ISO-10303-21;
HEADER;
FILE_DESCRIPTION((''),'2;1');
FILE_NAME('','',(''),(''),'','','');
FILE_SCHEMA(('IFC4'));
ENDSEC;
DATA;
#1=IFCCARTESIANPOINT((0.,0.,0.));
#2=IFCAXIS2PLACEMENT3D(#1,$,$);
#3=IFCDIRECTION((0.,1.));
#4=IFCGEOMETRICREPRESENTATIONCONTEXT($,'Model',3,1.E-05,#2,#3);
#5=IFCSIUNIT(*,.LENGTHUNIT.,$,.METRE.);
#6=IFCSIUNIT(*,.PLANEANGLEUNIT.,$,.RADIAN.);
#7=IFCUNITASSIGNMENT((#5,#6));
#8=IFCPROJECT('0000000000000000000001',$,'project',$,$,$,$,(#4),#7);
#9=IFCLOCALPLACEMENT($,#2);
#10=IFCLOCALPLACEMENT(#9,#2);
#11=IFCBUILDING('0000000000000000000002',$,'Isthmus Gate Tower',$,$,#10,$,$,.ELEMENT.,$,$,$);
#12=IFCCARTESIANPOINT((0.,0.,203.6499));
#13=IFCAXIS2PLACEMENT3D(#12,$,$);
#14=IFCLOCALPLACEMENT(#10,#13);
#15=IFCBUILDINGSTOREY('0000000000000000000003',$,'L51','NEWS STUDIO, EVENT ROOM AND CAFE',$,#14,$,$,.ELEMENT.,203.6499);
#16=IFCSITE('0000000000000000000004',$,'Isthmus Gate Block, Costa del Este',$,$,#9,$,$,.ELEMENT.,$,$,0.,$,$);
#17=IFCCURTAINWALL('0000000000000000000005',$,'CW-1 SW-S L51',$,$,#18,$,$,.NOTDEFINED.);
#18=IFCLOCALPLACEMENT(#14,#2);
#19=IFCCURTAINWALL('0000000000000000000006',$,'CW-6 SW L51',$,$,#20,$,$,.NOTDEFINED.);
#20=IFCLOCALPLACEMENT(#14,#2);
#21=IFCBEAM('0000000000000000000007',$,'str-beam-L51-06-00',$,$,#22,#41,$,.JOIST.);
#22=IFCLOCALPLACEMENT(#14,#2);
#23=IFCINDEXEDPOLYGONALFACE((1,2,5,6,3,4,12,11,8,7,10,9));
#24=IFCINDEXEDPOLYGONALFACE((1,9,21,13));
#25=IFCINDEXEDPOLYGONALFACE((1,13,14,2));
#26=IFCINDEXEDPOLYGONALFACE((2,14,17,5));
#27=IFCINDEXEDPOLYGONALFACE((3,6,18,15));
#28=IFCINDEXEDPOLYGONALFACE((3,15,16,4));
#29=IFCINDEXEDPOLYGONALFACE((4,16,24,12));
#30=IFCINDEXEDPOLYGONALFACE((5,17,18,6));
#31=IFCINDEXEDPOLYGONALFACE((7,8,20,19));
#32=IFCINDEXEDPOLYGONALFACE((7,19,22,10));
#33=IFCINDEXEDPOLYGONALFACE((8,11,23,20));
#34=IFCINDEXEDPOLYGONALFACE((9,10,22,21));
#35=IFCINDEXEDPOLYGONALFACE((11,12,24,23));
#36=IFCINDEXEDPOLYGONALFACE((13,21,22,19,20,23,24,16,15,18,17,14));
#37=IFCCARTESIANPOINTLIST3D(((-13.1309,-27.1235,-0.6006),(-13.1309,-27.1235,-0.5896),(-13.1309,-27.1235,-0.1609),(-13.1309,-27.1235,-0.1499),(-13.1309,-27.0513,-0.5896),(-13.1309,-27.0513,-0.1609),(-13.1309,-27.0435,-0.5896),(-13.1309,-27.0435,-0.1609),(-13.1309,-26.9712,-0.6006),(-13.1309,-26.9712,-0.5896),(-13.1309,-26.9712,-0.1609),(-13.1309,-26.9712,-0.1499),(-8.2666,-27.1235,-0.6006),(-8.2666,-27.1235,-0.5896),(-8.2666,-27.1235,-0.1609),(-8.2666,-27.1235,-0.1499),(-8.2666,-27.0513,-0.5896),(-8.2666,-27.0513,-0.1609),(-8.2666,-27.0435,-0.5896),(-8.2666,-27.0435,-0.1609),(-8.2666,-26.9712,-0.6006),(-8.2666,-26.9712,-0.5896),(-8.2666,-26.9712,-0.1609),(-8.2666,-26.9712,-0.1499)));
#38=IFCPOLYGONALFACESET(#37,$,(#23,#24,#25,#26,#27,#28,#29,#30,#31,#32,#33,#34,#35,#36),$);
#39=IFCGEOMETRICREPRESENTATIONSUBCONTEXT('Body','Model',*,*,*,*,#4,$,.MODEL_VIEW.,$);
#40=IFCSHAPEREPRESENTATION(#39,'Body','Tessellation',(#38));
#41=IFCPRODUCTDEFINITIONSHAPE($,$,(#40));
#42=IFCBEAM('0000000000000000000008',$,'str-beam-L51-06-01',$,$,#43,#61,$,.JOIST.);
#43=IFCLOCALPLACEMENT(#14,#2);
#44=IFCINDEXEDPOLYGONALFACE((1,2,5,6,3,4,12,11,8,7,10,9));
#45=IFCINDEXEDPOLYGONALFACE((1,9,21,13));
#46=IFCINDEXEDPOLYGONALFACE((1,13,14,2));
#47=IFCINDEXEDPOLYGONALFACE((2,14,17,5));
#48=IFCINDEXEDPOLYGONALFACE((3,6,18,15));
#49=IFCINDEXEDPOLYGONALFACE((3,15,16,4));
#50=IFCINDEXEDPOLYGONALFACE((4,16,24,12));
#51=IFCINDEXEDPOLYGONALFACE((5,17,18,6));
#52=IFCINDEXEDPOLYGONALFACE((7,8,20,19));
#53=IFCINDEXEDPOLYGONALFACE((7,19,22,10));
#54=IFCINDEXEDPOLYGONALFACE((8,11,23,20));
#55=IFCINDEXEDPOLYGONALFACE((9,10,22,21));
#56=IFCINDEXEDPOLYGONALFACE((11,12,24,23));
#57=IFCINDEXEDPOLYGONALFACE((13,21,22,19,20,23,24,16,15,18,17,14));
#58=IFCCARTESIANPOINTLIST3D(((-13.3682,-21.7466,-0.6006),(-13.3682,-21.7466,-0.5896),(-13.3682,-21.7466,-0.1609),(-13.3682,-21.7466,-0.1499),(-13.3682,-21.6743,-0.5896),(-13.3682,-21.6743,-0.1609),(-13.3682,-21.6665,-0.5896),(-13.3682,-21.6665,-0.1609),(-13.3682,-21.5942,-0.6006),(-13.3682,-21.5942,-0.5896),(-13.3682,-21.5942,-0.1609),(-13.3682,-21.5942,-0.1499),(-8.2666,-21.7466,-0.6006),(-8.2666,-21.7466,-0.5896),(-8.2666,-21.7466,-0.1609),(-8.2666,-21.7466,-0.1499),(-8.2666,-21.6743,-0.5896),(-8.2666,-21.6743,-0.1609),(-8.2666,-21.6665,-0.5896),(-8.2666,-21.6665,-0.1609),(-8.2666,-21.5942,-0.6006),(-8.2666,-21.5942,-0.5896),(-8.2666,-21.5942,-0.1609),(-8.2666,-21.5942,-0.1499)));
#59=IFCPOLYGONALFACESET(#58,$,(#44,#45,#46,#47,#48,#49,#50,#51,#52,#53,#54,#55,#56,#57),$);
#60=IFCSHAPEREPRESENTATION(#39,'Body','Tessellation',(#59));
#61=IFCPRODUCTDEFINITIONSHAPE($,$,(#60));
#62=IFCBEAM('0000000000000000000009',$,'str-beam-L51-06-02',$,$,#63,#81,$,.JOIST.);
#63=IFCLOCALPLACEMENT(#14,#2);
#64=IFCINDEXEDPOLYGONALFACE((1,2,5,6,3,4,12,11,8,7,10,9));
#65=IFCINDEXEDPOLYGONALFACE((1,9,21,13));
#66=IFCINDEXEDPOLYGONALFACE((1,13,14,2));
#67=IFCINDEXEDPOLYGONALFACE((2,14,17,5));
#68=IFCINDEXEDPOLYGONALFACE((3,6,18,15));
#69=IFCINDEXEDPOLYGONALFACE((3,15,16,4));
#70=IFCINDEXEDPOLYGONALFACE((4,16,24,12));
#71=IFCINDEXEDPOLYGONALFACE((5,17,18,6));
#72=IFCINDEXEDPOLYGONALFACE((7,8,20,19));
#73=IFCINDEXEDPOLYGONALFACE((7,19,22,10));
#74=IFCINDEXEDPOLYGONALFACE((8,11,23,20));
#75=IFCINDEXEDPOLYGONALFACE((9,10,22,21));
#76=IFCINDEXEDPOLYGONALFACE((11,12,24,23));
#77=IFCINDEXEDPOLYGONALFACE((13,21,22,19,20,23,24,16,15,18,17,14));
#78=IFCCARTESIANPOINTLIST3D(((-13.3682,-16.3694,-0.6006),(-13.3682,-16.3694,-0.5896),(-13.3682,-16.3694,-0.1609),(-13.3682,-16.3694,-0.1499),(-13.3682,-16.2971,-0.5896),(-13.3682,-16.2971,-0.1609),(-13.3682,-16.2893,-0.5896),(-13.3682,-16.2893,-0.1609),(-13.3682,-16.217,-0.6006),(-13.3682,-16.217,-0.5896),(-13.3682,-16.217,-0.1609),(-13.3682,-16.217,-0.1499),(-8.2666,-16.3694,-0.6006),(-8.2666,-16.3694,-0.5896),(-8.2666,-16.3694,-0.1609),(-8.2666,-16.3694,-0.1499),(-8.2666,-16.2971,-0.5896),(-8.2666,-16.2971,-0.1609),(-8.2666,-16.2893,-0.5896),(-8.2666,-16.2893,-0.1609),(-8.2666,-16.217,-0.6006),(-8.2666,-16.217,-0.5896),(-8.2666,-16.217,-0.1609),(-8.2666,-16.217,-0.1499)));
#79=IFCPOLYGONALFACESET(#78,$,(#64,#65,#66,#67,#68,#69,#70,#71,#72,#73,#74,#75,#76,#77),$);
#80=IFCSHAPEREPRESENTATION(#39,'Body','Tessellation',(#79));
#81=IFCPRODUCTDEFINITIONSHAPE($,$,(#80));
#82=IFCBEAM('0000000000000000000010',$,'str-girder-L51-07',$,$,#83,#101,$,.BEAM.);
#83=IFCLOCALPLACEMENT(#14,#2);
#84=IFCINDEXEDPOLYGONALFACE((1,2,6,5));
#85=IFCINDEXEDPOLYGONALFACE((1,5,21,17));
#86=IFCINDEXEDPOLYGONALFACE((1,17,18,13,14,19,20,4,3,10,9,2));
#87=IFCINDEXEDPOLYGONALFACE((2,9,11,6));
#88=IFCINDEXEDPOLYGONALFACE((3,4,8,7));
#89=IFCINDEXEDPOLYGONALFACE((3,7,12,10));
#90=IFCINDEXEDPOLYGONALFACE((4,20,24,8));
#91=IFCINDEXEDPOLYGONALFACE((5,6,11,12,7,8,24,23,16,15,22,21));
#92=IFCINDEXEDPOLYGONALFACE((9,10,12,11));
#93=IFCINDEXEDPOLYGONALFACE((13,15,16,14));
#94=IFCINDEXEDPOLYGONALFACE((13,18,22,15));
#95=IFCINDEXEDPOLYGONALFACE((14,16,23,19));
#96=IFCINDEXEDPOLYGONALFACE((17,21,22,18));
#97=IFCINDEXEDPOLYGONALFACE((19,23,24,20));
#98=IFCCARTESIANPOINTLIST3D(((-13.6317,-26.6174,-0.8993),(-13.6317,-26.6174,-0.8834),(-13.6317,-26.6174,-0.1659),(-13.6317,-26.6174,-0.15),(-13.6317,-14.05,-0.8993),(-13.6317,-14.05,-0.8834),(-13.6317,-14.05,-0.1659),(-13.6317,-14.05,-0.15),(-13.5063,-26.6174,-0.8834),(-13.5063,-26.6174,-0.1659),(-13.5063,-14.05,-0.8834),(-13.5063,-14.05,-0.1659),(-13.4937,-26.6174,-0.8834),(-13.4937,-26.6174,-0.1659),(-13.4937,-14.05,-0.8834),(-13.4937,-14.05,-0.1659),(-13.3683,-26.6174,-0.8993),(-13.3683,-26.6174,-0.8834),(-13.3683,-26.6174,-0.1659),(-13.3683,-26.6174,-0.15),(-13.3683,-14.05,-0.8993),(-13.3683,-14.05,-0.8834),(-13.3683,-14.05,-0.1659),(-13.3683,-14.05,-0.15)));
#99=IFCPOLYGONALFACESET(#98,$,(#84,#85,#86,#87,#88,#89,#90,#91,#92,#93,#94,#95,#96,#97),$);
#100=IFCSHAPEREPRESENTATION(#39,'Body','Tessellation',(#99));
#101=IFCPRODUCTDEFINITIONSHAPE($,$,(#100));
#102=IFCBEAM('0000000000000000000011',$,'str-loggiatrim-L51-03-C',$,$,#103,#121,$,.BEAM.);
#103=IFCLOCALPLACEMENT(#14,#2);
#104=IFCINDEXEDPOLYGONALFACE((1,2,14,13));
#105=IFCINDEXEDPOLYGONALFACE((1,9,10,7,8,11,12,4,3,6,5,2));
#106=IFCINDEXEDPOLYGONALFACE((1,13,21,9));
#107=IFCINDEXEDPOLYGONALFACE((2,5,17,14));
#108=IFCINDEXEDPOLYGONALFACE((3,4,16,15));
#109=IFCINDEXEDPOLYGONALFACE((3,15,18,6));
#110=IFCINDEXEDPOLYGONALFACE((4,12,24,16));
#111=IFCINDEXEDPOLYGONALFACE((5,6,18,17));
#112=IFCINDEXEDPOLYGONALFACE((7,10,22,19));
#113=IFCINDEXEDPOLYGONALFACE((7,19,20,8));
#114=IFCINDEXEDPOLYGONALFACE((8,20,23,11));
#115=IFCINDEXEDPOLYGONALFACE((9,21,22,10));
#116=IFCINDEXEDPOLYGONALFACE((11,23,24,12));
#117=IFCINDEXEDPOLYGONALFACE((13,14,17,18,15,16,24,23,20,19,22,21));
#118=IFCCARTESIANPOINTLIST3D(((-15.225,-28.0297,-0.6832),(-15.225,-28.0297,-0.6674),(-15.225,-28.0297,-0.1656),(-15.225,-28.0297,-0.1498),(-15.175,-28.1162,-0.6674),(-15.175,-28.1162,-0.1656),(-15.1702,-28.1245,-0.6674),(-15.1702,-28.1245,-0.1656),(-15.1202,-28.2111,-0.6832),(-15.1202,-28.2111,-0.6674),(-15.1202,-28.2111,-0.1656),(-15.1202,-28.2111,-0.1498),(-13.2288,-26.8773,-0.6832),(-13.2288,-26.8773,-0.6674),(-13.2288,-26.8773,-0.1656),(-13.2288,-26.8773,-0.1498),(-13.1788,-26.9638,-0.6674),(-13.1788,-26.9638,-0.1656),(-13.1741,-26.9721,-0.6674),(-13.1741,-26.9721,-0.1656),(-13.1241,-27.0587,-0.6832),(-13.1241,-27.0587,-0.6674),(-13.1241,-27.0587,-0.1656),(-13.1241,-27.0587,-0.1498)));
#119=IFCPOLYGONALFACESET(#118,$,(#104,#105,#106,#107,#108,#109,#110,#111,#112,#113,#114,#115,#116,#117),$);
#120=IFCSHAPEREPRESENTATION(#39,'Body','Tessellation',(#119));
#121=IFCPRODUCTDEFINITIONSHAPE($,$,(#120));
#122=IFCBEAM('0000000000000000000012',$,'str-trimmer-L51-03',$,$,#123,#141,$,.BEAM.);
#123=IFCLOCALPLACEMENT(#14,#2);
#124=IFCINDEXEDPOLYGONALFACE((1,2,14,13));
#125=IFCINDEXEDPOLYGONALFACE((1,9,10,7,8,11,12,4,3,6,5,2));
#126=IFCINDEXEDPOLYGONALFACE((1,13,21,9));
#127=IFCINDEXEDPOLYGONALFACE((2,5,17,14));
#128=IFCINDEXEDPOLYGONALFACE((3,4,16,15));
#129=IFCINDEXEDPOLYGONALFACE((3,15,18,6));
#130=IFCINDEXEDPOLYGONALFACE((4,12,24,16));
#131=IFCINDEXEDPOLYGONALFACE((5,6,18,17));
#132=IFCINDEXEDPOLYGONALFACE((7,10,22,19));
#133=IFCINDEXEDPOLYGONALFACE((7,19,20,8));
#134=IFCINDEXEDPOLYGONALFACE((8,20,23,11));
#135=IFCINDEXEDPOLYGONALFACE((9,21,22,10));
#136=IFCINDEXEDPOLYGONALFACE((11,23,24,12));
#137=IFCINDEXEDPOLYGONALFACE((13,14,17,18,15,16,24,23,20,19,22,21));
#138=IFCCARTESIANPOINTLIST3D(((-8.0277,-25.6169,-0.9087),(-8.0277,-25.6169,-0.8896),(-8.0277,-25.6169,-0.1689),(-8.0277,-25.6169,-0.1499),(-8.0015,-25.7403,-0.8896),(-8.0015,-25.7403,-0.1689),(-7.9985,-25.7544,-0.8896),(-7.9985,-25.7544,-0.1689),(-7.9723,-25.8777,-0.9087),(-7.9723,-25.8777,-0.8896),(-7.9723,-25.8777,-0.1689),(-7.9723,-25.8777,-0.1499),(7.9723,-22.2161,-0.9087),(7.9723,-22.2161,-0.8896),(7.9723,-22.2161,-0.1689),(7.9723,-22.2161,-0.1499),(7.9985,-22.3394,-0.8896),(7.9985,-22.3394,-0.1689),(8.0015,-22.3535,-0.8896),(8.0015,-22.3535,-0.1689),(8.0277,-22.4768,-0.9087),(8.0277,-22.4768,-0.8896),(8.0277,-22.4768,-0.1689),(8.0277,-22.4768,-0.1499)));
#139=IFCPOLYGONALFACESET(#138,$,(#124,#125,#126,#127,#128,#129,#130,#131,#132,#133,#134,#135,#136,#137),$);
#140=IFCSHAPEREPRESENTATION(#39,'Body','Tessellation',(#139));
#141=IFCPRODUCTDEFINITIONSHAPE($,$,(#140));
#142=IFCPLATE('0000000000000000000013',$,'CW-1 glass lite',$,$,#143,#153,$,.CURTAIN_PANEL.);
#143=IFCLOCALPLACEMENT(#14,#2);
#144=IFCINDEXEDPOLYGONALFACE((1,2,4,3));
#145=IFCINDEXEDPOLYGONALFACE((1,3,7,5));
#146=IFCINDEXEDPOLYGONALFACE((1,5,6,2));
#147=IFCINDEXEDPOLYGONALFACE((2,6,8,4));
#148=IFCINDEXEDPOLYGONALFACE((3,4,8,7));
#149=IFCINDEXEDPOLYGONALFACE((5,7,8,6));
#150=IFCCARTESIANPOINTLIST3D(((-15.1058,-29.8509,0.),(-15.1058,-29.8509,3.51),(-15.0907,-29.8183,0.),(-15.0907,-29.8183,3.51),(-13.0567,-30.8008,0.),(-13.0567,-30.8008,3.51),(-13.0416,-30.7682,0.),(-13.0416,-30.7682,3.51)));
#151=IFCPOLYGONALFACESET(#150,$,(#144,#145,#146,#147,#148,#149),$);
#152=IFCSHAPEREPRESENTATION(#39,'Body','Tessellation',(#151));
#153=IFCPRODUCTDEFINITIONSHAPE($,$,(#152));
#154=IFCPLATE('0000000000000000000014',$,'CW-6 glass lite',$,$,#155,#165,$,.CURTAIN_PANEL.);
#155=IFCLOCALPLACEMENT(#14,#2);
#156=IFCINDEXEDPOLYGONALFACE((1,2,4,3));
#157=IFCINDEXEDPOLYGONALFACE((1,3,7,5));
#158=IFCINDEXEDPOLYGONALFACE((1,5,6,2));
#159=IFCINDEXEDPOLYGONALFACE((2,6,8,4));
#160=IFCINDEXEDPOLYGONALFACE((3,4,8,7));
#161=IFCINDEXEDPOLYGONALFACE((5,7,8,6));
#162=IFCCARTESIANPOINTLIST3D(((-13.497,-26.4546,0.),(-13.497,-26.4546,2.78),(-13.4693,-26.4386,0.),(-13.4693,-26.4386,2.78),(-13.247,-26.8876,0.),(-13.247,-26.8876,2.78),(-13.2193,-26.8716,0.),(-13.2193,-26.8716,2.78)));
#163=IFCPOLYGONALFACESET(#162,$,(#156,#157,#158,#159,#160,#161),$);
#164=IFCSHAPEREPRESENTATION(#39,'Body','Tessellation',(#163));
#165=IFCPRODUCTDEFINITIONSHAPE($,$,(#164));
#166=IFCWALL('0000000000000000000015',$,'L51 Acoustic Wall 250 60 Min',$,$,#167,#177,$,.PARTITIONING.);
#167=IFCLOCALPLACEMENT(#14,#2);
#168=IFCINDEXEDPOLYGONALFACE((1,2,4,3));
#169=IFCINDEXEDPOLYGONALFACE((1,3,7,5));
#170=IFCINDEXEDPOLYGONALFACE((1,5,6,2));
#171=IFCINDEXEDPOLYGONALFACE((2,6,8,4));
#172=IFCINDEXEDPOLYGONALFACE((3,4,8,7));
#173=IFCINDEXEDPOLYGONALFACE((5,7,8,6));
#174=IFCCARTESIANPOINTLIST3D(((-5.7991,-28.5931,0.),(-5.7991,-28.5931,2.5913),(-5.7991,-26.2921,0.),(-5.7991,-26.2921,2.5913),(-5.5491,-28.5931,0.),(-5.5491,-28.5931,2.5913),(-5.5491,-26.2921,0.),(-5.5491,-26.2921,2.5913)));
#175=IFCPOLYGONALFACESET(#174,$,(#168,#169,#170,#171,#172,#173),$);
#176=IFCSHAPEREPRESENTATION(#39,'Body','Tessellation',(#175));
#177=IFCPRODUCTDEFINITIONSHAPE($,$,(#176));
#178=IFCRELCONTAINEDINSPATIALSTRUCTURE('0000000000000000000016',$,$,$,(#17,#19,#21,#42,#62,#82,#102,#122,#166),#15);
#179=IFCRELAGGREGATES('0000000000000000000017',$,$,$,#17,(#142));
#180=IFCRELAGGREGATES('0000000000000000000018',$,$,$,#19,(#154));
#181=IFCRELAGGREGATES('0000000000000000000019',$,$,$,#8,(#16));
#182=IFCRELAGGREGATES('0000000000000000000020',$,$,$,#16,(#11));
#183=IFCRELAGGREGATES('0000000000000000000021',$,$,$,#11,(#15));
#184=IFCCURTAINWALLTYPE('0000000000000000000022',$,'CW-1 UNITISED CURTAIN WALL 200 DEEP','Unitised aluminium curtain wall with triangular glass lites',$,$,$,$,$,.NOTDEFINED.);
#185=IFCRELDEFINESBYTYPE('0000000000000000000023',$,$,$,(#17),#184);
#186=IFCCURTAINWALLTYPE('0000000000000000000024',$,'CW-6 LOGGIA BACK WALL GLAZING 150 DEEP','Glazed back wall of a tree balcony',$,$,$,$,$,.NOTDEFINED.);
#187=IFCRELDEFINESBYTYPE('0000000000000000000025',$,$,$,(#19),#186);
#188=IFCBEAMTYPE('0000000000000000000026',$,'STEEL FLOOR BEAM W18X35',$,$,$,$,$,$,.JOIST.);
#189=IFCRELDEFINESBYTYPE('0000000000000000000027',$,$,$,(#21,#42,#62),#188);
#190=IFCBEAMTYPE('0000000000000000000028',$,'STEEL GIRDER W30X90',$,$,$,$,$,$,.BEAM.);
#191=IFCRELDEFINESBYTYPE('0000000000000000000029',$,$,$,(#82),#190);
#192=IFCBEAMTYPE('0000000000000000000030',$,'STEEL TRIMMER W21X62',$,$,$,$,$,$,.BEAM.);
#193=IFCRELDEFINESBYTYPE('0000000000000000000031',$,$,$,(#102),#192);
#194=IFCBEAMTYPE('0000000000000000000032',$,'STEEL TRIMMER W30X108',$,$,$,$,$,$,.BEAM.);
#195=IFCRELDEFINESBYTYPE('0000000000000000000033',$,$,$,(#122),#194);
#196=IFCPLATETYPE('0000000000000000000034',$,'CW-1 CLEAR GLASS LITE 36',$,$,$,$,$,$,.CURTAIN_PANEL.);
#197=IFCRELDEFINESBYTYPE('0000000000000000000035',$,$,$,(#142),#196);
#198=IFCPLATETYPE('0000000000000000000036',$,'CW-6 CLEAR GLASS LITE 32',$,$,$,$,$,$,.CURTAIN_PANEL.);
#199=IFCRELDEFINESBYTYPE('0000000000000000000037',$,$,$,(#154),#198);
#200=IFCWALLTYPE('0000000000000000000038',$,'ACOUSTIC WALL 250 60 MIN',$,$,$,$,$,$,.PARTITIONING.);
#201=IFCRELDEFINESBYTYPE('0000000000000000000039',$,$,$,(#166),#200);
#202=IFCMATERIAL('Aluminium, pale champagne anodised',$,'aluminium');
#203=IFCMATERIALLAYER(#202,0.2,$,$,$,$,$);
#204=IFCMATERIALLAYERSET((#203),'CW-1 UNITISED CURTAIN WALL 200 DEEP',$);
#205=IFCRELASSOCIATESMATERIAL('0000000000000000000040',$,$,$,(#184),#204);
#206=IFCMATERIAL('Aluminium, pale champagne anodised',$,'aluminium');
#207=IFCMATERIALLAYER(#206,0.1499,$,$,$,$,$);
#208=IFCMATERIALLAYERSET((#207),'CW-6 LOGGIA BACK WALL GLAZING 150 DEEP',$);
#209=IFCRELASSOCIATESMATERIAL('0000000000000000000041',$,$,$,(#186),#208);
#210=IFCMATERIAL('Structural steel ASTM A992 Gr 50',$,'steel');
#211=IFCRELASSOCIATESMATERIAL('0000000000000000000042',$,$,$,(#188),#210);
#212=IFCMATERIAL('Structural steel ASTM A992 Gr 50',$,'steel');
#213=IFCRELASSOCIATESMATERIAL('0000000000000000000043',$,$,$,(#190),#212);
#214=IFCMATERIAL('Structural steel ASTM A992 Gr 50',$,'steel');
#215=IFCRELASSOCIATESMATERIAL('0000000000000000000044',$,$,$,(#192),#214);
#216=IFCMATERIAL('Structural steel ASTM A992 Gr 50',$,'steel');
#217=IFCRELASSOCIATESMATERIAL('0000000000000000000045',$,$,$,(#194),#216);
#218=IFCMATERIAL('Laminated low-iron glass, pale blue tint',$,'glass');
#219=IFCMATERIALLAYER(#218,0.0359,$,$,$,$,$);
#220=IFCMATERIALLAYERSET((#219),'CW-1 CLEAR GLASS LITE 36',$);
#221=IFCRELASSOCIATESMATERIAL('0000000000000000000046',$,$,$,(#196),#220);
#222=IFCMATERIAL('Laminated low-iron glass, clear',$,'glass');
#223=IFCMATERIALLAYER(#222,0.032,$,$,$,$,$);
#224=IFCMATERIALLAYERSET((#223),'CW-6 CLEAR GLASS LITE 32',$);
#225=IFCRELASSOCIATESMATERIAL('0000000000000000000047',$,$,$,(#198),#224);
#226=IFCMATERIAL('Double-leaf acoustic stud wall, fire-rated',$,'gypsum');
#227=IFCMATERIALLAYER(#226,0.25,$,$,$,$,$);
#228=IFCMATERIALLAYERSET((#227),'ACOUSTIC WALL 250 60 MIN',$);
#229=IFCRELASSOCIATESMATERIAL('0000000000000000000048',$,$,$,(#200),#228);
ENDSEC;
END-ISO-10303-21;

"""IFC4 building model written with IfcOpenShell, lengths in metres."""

from ifc_helpers import new_model, si_unit, direction, frame, frame_2d, origin, origin_2d, place, context, subcontext, project, spatial, rectangle, i_section, extrude, material, layer, layer_set, material_profile, profile_set, type_object, element, aggregate, save


model = new_model("IFC4")

# Units and contexts
model_context = context("Model", 3, precision=1e-05, world=origin(), true_north=direction((0.0, 1.0)))
body_context = subcontext(model_context, "Body", "Model", "MODEL_VIEW")
ifc_project = project(units=[si_unit("LENGTHUNIT", "METRE"), si_unit("PLANEANGLEUNIT", "RADIAN")], contexts=[model_context])

# Site, building, storey
site_placement = place(None, origin())
site = spatial("IfcSite", under=ifc_project, at=site_placement, Name="Isthmus Gate Block, Costa del Este", CompositionType="ELEMENT", RefElevation=0.0)
building_placement = place(site_placement, origin())
building = spatial("IfcBuilding", under=site, at=building_placement, Name="Isthmus Gate Tower", CompositionType="ELEMENT")
storey_placement = place(building_placement, frame((0.0, 0.0, 203.6499)))
storey = spatial("IfcBuildingStorey", under=building, at=storey_placement, Name="L51", Description="NEWS STUDIO, EVENT ROOM AND CAFE", CompositionType="ELEMENT", Elevation=203.6499)

# Curtain wall
ifc_material_1 = material(Name="Aluminium, pale champagne anodised", Category="aluminium")
ifc_layer_1 = layer(ifc_material_1, 0.2)
ifc_layer_set_1 = layer_set([ifc_layer_1], Name="CW-1 UNITISED CURTAIN WALL 200 DEEP")
curtain_wall_type_1 = type_object("IfcCurtainWallType", Name="CW-1 UNITISED CURTAIN WALL 200 DEEP", Description="Unitised aluminium curtain wall with triangular glass lites", PredefinedType="NOTDEFINED", material=ifc_layer_set_1)
curtain_wall_1_placement = place(storey_placement, origin())
curtain_wall_1 = element("IfcCurtainWall", 1, at=curtain_wall_1_placement, inside=storey, type_object=curtain_wall_type_1, Name="CW-1 SW-S L51", PredefinedType="NOTDEFINED")

# Curtain wall
ifc_material_2 = material(Name="Aluminium, pale champagne anodised", Category="aluminium")
ifc_layer_2 = layer(ifc_material_2, 0.1499)
ifc_layer_set_2 = layer_set([ifc_layer_2], Name="CW-6 LOGGIA BACK WALL GLAZING 150 DEEP")
curtain_wall_type_2 = type_object("IfcCurtainWallType", Name="CW-6 LOGGIA BACK WALL GLAZING 150 DEEP", Description="Glazed back wall of a tree balcony", PredefinedType="NOTDEFINED", material=ifc_layer_set_2)
curtain_wall_2_placement = place(storey_placement, origin())
curtain_wall_2 = element("IfcCurtainWall", 2, at=curtain_wall_2_placement, inside=storey, type_object=curtain_wall_type_2, Name="CW-6 SW L51", PredefinedType="NOTDEFINED")

# Beams
ifc_material_3 = material(Name="Structural steel ASTM A992 Gr 50", Category="steel")
ifc_material_profile_1 = material_profile(ifc_material_3, i_section(OverallWidth=0.1523, OverallDepth=0.4507, WebThickness=0.0078, FlangeThickness=0.011, at=origin_2d()), Name="W18X35")
ifc_profile_set_1 = profile_set([ifc_material_profile_1], Name="Structural steel ASTM A992 Gr 50")
beam_type_1 = type_object("IfcBeamType", Name="STEEL FLOOR BEAM W18X35", PredefinedType="JOIST", material=ifc_profile_set_1)
beam_1_placement = place(storey_placement, frame((-13.1309, -27.0474, -0.3752), z_axis=(1.0, 0.0, 0.0), x_axis=(0.0, 1.0, 0.0)))
element("IfcBeam", 3, at=beam_1_placement, inside=storey, type_object=beam_type_1, Name="str-beam-L51-06-00", PredefinedType="JOIST", context=body_context, shape_type="SweptSolid", body=[
    extrude(i_section(OverallWidth=0.1523, OverallDepth=0.4507, WebThickness=0.0078, FlangeThickness=0.011, at=origin_2d()), origin(), (0.0, 0.0, 1.0), 4.8643),
])
for number, where, z_axis, x_axis, name in (
    (4, (-13.3682, -21.6704, -0.3752), (1.0, 0.0, 0.0), (0.0, 1.0, 0.0), "str-beam-L51-06-01"),
    (5, (-13.3682, -16.2932, -0.3752), (1.0, 0.0, 0.0), (0.0, 1.0, 0.0), "str-beam-L51-06-02"),
):
    element("IfcBeam", number, at=place(storey_placement, frame(where, z_axis=z_axis, x_axis=x_axis)), inside=storey, type_object=beam_type_1, Name=name, PredefinedType="JOIST", context=body_context, shape_type="SweptSolid", body=[
        extrude(i_section(OverallWidth=0.1523, OverallDepth=0.4507, WebThickness=0.0078, FlangeThickness=0.011, at=origin_2d()), origin(), (0.0, 0.0, 1.0), 5.1016),
    ])
ifc_material_4 = material(Name="Structural steel ASTM A992 Gr 50", Category="steel")
ifc_material_profile_2 = material_profile(ifc_material_4, i_section(OverallWidth=0.2634, OverallDepth=0.7493, WebThickness=0.0127, FlangeThickness=0.0159, at=origin_2d()), Name="W30X90")
ifc_profile_set_2 = profile_set([ifc_material_profile_2], Name="Structural steel ASTM A992 Gr 50")
beam_type_2 = type_object("IfcBeamType", Name="STEEL GIRDER W30X90", PredefinedType="BEAM", material=ifc_profile_set_2)
beam_2_placement = place(storey_placement, frame((-13.5, -26.6174, -0.5247), z_axis=(0.0, 1.0, 0.0), x_axis=(-1.0, 0.0, 0.0)))
element("IfcBeam", 6, at=beam_2_placement, inside=storey, type_object=beam_type_2, Name="str-girder-L51-07", PredefinedType="BEAM", context=body_context, shape_type="SweptSolid", body=[
    extrude(i_section(OverallWidth=0.2634, OverallDepth=0.7493, WebThickness=0.0127, FlangeThickness=0.0159, at=origin_2d()), origin(), (0.0, 0.0, 1.0), 12.5674),
])
ifc_material_5 = material(Name="Structural steel ASTM A992 Gr 50", Category="steel")
ifc_material_profile_3 = material_profile(ifc_material_5, i_section(OverallWidth=0.2095, OverallDepth=0.5334, WebThickness=0.0095, FlangeThickness=0.0159, at=origin_2d()), Name="W21X62")
ifc_profile_set_3 = profile_set([ifc_material_profile_3], Name="Structural steel ASTM A992 Gr 50")
beam_type_3 = type_object("IfcBeamType", Name="STEEL TRIMMER W21X62", PredefinedType="BEAM", material=ifc_profile_set_3)
beam_3_placement = place(storey_placement, frame((-15.1726, -28.1204, -0.4165), z_axis=(0.866044, 0.499967, 0.0), x_axis=(-0.499967, 0.866044, 0.0)))
element("IfcBeam", 7, at=beam_3_placement, inside=storey, type_object=beam_type_3, Name="str-loggiatrim-L51-03-C", PredefinedType="BEAM", context=body_context, shape_type="SweptSolid", body=[
    extrude(i_section(OverallWidth=0.2095, OverallDepth=0.5334, WebThickness=0.0095, FlangeThickness=0.0159, at=origin_2d()), origin(), (0.0, 0.0, 1.0), 2.3049),
])
ifc_material_6 = material(Name="Structural steel ASTM A992 Gr 50", Category="steel")
ifc_material_profile_4 = material_profile(ifc_material_6, i_section(OverallWidth=0.2666, OverallDepth=0.7588, WebThickness=0.0144, FlangeThickness=0.019, at=origin_2d()), Name="W30X108")
ifc_profile_set_4 = profile_set([ifc_material_profile_4], Name="Structural steel ASTM A992 Gr 50")
beam_type_4 = type_object("IfcBeamType", Name="STEEL TRIMMER W30X108", PredefinedType="BEAM", material=ifc_profile_set_4)
beam_4_placement = place(storey_placement, frame((-8.0, -25.7473, -0.5293), z_axis=(0.978148, 0.20791, 0.0), x_axis=(-0.20791, 0.978148, 0.0)))
element("IfcBeam", 8, at=beam_4_placement, inside=storey, type_object=beam_type_4, Name="str-trimmer-L51-03", PredefinedType="BEAM", context=body_context, shape_type="SweptSolid", body=[
    extrude(i_section(OverallWidth=0.2666, OverallDepth=0.7588, WebThickness=0.0144, FlangeThickness=0.019, at=origin_2d()), origin(), (0.0, 0.0, 1.0), 16.3574),
])

# Plates
ifc_material_7 = material(Name="Laminated low-iron glass, pale blue tint", Category="glass")
ifc_layer_3 = layer(ifc_material_7, 0.0359)
ifc_layer_set_3 = layer_set([ifc_layer_3], Name="CW-1 CLEAR GLASS LITE 36")
plate_type_1 = type_object("IfcPlateType", Name="CW-1 CLEAR GLASS LITE 36", PredefinedType="CURTAIN_PANEL", material=ifc_layer_set_3)
plate_1_placement = place(storey_placement, frame((-14.0737, -30.3096, 0.0), z_axis=(0.0, 0.0, 1.0), x_axis=(0.907256, -0.420578, 0.0)))
plate_1 = element("IfcPlate", 9, at=plate_1_placement, type_object=plate_type_1, Name="CW-1 glass lite", PredefinedType="CURTAIN_PANEL", context=body_context, shape_type="SweptSolid", body=[
    extrude(rectangle(XDim=2.2585, YDim=0.0359, at=origin_2d()), origin(), (0.0, 0.0, 1.0), 3.51),
])
aggregate(curtain_wall_1, [plate_1])
ifc_material_8 = material(Name="Laminated low-iron glass, clear", Category="glass")
ifc_layer_4 = layer(ifc_material_8, 0.032)
ifc_layer_set_4 = layer_set([ifc_layer_4], Name="CW-6 CLEAR GLASS LITE 32")
plate_type_2 = type_object("IfcPlateType", Name="CW-6 CLEAR GLASS LITE 32", PredefinedType="CURTAIN_PANEL", material=ifc_layer_set_4)
plate_2_placement = place(storey_placement, frame((-13.3582, -26.6631, 0.0), z_axis=(0.0, 0.0, 1.0), x_axis=(0.5, -0.866025, 0.0)))
plate_2 = element("IfcPlate", 10, at=plate_2_placement, type_object=plate_type_2, Name="CW-6 glass lite", PredefinedType="CURTAIN_PANEL", context=body_context, shape_type="SweptSolid", body=[
    extrude(rectangle(XDim=0.5, YDim=0.032, at=origin_2d()), origin(), (0.0, 0.0, 1.0), 2.78),
])
aggregate(curtain_wall_2, [plate_2])

# Wall
ifc_material_9 = material(Name="Double-leaf acoustic stud wall, fire-rated", Category="gypsum")
ifc_layer_5 = layer(ifc_material_9, 0.25)
ifc_layer_set_5 = layer_set([ifc_layer_5], Name="ACOUSTIC WALL 250 60 MIN")
wall_type_1 = type_object("IfcWallType", Name="ACOUSTIC WALL 250 60 MIN", PredefinedType="PARTITIONING", material=ifc_layer_set_5)
wall_1_placement = place(storey_placement, frame((-5.6741, -28.593, 0.0), z_axis=(0.0, 0.0, 1.0), x_axis=(0.0, 1.0, 0.0)))
element("IfcWall", 11, at=wall_1_placement, inside=storey, type_object=wall_type_1, Name="L51 Acoustic Wall 250 60 Min", PredefinedType="PARTITIONING", context=body_context, shape_type="SweptSolid", body=[
    extrude(rectangle(XDim=2.301, YDim=0.25, at=frame_2d((1.1504, 0.0))), origin(), (0.0, 0.0, 1.0), 2.5913),
])

save(model, "model.ifc")
